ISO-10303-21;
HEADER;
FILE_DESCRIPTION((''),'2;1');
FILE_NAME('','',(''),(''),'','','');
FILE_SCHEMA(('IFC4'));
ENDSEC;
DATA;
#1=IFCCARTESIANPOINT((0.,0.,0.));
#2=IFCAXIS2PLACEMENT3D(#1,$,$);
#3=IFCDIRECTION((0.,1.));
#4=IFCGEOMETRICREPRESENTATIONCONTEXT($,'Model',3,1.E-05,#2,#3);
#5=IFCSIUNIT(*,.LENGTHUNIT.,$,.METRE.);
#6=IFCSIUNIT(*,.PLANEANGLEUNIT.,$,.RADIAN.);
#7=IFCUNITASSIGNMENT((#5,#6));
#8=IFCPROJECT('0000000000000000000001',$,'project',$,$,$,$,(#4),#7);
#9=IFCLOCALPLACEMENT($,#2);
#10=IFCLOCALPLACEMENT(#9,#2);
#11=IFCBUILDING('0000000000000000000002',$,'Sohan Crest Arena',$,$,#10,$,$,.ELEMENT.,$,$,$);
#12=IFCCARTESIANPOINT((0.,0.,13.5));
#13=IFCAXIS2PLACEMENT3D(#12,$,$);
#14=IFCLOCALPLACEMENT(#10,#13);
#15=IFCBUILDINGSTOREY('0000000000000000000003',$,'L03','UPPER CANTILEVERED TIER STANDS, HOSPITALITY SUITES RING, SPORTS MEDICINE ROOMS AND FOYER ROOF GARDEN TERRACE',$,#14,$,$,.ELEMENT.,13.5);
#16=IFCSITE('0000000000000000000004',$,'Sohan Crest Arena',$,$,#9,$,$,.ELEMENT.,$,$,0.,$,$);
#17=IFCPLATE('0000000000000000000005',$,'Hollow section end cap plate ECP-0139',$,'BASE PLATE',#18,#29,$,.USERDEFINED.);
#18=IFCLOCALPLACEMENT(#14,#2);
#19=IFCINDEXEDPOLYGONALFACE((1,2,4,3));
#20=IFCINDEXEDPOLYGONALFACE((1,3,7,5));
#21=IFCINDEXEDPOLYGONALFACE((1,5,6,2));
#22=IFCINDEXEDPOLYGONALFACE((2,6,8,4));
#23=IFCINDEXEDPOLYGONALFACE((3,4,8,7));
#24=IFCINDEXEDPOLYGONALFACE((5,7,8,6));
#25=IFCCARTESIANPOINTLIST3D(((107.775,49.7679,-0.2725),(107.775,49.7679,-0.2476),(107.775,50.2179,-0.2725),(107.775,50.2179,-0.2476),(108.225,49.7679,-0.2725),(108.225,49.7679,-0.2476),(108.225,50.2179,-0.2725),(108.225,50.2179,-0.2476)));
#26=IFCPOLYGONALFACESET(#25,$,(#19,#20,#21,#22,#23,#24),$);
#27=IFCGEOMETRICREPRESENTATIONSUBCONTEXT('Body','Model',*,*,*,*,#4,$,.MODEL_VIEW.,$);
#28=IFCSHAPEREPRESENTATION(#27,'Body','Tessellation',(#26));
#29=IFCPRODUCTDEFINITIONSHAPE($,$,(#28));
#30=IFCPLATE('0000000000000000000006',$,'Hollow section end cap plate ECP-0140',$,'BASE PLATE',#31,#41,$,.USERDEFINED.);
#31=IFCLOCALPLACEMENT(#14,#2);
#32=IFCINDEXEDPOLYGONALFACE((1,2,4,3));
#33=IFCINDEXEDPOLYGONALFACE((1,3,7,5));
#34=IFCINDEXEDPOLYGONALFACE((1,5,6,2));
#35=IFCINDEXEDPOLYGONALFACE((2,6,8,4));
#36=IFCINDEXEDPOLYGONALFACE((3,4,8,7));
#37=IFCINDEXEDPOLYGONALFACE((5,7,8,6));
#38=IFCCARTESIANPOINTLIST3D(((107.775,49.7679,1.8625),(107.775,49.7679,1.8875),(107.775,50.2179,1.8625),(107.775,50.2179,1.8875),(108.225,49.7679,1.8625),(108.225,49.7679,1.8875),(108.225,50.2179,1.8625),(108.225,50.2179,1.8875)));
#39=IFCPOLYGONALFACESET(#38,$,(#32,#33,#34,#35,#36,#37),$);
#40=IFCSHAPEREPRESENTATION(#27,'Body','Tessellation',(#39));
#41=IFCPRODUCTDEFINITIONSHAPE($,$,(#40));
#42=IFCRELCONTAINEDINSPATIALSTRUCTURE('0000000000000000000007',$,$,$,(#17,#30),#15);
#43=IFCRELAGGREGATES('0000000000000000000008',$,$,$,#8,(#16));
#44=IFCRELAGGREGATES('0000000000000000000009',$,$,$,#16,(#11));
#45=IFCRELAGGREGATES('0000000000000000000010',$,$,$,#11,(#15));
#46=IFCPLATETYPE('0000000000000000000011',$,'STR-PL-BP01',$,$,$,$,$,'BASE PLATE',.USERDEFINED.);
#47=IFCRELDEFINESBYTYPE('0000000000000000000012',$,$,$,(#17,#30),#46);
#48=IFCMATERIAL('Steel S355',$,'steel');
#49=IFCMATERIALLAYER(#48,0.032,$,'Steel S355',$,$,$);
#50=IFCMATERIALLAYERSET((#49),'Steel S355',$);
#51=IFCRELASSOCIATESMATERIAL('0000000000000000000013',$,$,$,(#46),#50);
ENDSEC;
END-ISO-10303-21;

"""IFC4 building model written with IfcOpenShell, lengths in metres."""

from ifc_helpers import new_model, si_unit, direction, frame, origin, origin_2d, place, context, subcontext, project, spatial, rectangle, extrude, material, layer, layer_set, type_object, element, save


model = new_model("IFC4")

# Units and contexts
model_context = context("Model", 3, precision=1e-05, world=origin(), true_north=direction((0.0, 1.0)))
body_context = subcontext(model_context, "Body", "Model", "MODEL_VIEW")
ifc_project = project(units=[si_unit("LENGTHUNIT", "METRE"), si_unit("PLANEANGLEUNIT", "RADIAN")], contexts=[model_context])

# Site, building, storey
site_placement = place(None, origin())
site = spatial("IfcSite", under=ifc_project, at=site_placement, Name="Sohan Crest Arena", CompositionType="ELEMENT", RefElevation=0.0)
building_placement = place(site_placement, origin())
building = spatial("IfcBuilding", under=site, at=building_placement, Name="Sohan Crest Arena", CompositionType="ELEMENT")
storey_placement = place(building_placement, frame((0.0, 0.0, 13.5)))
storey = spatial("IfcBuildingStorey", under=building, at=storey_placement, Name="L03", Description="UPPER CANTILEVERED TIER STANDS, HOSPITALITY SUITES RING, SPORTS MEDICINE ROOMS AND FOYER ROOF GARDEN TERRACE", CompositionType="ELEMENT", Elevation=13.5)

# Shared definitions
ifc_material_1 = material(Name="Steel S355", Category="steel")

# Plates
ifc_layer = layer(ifc_material_1, 0.032, Name="Steel S355")
ifc_layer_set = layer_set([ifc_layer], Name="Steel S355")
plate_type = type_object("IfcPlateType", Name="STR-PL-BP01", ElementType="BASE PLATE", PredefinedType="USERDEFINED", material=ifc_layer_set)
for number, where, z_axis, x_axis, name in (
    (1, (108.0, 49.9929, -0.2725), (0.0, 0.0, 1.0), (1.0, 0.0, 0.0), "Hollow section end cap plate ECP-0139"),
    (2, (108.0, 49.9929, 1.8625), (0.0, 0.0, 1.0), (1.0, 0.0, 0.0), "Hollow section end cap plate ECP-0140"),
):
    element("IfcPlate", number, at=place(storey_placement, frame(where, z_axis=z_axis, x_axis=x_axis)), inside=storey, type_object=plate_type, Name=name, ObjectType="BASE PLATE", PredefinedType="USERDEFINED", context=body_context, shape_type="SweptSolid", body=[
        extrude(rectangle(XDim=0.45, YDim=0.45, at=origin_2d()), origin(), (0.0, 0.0, 1.0), 0.0249),
    ])

save(model, "model.ifc")
